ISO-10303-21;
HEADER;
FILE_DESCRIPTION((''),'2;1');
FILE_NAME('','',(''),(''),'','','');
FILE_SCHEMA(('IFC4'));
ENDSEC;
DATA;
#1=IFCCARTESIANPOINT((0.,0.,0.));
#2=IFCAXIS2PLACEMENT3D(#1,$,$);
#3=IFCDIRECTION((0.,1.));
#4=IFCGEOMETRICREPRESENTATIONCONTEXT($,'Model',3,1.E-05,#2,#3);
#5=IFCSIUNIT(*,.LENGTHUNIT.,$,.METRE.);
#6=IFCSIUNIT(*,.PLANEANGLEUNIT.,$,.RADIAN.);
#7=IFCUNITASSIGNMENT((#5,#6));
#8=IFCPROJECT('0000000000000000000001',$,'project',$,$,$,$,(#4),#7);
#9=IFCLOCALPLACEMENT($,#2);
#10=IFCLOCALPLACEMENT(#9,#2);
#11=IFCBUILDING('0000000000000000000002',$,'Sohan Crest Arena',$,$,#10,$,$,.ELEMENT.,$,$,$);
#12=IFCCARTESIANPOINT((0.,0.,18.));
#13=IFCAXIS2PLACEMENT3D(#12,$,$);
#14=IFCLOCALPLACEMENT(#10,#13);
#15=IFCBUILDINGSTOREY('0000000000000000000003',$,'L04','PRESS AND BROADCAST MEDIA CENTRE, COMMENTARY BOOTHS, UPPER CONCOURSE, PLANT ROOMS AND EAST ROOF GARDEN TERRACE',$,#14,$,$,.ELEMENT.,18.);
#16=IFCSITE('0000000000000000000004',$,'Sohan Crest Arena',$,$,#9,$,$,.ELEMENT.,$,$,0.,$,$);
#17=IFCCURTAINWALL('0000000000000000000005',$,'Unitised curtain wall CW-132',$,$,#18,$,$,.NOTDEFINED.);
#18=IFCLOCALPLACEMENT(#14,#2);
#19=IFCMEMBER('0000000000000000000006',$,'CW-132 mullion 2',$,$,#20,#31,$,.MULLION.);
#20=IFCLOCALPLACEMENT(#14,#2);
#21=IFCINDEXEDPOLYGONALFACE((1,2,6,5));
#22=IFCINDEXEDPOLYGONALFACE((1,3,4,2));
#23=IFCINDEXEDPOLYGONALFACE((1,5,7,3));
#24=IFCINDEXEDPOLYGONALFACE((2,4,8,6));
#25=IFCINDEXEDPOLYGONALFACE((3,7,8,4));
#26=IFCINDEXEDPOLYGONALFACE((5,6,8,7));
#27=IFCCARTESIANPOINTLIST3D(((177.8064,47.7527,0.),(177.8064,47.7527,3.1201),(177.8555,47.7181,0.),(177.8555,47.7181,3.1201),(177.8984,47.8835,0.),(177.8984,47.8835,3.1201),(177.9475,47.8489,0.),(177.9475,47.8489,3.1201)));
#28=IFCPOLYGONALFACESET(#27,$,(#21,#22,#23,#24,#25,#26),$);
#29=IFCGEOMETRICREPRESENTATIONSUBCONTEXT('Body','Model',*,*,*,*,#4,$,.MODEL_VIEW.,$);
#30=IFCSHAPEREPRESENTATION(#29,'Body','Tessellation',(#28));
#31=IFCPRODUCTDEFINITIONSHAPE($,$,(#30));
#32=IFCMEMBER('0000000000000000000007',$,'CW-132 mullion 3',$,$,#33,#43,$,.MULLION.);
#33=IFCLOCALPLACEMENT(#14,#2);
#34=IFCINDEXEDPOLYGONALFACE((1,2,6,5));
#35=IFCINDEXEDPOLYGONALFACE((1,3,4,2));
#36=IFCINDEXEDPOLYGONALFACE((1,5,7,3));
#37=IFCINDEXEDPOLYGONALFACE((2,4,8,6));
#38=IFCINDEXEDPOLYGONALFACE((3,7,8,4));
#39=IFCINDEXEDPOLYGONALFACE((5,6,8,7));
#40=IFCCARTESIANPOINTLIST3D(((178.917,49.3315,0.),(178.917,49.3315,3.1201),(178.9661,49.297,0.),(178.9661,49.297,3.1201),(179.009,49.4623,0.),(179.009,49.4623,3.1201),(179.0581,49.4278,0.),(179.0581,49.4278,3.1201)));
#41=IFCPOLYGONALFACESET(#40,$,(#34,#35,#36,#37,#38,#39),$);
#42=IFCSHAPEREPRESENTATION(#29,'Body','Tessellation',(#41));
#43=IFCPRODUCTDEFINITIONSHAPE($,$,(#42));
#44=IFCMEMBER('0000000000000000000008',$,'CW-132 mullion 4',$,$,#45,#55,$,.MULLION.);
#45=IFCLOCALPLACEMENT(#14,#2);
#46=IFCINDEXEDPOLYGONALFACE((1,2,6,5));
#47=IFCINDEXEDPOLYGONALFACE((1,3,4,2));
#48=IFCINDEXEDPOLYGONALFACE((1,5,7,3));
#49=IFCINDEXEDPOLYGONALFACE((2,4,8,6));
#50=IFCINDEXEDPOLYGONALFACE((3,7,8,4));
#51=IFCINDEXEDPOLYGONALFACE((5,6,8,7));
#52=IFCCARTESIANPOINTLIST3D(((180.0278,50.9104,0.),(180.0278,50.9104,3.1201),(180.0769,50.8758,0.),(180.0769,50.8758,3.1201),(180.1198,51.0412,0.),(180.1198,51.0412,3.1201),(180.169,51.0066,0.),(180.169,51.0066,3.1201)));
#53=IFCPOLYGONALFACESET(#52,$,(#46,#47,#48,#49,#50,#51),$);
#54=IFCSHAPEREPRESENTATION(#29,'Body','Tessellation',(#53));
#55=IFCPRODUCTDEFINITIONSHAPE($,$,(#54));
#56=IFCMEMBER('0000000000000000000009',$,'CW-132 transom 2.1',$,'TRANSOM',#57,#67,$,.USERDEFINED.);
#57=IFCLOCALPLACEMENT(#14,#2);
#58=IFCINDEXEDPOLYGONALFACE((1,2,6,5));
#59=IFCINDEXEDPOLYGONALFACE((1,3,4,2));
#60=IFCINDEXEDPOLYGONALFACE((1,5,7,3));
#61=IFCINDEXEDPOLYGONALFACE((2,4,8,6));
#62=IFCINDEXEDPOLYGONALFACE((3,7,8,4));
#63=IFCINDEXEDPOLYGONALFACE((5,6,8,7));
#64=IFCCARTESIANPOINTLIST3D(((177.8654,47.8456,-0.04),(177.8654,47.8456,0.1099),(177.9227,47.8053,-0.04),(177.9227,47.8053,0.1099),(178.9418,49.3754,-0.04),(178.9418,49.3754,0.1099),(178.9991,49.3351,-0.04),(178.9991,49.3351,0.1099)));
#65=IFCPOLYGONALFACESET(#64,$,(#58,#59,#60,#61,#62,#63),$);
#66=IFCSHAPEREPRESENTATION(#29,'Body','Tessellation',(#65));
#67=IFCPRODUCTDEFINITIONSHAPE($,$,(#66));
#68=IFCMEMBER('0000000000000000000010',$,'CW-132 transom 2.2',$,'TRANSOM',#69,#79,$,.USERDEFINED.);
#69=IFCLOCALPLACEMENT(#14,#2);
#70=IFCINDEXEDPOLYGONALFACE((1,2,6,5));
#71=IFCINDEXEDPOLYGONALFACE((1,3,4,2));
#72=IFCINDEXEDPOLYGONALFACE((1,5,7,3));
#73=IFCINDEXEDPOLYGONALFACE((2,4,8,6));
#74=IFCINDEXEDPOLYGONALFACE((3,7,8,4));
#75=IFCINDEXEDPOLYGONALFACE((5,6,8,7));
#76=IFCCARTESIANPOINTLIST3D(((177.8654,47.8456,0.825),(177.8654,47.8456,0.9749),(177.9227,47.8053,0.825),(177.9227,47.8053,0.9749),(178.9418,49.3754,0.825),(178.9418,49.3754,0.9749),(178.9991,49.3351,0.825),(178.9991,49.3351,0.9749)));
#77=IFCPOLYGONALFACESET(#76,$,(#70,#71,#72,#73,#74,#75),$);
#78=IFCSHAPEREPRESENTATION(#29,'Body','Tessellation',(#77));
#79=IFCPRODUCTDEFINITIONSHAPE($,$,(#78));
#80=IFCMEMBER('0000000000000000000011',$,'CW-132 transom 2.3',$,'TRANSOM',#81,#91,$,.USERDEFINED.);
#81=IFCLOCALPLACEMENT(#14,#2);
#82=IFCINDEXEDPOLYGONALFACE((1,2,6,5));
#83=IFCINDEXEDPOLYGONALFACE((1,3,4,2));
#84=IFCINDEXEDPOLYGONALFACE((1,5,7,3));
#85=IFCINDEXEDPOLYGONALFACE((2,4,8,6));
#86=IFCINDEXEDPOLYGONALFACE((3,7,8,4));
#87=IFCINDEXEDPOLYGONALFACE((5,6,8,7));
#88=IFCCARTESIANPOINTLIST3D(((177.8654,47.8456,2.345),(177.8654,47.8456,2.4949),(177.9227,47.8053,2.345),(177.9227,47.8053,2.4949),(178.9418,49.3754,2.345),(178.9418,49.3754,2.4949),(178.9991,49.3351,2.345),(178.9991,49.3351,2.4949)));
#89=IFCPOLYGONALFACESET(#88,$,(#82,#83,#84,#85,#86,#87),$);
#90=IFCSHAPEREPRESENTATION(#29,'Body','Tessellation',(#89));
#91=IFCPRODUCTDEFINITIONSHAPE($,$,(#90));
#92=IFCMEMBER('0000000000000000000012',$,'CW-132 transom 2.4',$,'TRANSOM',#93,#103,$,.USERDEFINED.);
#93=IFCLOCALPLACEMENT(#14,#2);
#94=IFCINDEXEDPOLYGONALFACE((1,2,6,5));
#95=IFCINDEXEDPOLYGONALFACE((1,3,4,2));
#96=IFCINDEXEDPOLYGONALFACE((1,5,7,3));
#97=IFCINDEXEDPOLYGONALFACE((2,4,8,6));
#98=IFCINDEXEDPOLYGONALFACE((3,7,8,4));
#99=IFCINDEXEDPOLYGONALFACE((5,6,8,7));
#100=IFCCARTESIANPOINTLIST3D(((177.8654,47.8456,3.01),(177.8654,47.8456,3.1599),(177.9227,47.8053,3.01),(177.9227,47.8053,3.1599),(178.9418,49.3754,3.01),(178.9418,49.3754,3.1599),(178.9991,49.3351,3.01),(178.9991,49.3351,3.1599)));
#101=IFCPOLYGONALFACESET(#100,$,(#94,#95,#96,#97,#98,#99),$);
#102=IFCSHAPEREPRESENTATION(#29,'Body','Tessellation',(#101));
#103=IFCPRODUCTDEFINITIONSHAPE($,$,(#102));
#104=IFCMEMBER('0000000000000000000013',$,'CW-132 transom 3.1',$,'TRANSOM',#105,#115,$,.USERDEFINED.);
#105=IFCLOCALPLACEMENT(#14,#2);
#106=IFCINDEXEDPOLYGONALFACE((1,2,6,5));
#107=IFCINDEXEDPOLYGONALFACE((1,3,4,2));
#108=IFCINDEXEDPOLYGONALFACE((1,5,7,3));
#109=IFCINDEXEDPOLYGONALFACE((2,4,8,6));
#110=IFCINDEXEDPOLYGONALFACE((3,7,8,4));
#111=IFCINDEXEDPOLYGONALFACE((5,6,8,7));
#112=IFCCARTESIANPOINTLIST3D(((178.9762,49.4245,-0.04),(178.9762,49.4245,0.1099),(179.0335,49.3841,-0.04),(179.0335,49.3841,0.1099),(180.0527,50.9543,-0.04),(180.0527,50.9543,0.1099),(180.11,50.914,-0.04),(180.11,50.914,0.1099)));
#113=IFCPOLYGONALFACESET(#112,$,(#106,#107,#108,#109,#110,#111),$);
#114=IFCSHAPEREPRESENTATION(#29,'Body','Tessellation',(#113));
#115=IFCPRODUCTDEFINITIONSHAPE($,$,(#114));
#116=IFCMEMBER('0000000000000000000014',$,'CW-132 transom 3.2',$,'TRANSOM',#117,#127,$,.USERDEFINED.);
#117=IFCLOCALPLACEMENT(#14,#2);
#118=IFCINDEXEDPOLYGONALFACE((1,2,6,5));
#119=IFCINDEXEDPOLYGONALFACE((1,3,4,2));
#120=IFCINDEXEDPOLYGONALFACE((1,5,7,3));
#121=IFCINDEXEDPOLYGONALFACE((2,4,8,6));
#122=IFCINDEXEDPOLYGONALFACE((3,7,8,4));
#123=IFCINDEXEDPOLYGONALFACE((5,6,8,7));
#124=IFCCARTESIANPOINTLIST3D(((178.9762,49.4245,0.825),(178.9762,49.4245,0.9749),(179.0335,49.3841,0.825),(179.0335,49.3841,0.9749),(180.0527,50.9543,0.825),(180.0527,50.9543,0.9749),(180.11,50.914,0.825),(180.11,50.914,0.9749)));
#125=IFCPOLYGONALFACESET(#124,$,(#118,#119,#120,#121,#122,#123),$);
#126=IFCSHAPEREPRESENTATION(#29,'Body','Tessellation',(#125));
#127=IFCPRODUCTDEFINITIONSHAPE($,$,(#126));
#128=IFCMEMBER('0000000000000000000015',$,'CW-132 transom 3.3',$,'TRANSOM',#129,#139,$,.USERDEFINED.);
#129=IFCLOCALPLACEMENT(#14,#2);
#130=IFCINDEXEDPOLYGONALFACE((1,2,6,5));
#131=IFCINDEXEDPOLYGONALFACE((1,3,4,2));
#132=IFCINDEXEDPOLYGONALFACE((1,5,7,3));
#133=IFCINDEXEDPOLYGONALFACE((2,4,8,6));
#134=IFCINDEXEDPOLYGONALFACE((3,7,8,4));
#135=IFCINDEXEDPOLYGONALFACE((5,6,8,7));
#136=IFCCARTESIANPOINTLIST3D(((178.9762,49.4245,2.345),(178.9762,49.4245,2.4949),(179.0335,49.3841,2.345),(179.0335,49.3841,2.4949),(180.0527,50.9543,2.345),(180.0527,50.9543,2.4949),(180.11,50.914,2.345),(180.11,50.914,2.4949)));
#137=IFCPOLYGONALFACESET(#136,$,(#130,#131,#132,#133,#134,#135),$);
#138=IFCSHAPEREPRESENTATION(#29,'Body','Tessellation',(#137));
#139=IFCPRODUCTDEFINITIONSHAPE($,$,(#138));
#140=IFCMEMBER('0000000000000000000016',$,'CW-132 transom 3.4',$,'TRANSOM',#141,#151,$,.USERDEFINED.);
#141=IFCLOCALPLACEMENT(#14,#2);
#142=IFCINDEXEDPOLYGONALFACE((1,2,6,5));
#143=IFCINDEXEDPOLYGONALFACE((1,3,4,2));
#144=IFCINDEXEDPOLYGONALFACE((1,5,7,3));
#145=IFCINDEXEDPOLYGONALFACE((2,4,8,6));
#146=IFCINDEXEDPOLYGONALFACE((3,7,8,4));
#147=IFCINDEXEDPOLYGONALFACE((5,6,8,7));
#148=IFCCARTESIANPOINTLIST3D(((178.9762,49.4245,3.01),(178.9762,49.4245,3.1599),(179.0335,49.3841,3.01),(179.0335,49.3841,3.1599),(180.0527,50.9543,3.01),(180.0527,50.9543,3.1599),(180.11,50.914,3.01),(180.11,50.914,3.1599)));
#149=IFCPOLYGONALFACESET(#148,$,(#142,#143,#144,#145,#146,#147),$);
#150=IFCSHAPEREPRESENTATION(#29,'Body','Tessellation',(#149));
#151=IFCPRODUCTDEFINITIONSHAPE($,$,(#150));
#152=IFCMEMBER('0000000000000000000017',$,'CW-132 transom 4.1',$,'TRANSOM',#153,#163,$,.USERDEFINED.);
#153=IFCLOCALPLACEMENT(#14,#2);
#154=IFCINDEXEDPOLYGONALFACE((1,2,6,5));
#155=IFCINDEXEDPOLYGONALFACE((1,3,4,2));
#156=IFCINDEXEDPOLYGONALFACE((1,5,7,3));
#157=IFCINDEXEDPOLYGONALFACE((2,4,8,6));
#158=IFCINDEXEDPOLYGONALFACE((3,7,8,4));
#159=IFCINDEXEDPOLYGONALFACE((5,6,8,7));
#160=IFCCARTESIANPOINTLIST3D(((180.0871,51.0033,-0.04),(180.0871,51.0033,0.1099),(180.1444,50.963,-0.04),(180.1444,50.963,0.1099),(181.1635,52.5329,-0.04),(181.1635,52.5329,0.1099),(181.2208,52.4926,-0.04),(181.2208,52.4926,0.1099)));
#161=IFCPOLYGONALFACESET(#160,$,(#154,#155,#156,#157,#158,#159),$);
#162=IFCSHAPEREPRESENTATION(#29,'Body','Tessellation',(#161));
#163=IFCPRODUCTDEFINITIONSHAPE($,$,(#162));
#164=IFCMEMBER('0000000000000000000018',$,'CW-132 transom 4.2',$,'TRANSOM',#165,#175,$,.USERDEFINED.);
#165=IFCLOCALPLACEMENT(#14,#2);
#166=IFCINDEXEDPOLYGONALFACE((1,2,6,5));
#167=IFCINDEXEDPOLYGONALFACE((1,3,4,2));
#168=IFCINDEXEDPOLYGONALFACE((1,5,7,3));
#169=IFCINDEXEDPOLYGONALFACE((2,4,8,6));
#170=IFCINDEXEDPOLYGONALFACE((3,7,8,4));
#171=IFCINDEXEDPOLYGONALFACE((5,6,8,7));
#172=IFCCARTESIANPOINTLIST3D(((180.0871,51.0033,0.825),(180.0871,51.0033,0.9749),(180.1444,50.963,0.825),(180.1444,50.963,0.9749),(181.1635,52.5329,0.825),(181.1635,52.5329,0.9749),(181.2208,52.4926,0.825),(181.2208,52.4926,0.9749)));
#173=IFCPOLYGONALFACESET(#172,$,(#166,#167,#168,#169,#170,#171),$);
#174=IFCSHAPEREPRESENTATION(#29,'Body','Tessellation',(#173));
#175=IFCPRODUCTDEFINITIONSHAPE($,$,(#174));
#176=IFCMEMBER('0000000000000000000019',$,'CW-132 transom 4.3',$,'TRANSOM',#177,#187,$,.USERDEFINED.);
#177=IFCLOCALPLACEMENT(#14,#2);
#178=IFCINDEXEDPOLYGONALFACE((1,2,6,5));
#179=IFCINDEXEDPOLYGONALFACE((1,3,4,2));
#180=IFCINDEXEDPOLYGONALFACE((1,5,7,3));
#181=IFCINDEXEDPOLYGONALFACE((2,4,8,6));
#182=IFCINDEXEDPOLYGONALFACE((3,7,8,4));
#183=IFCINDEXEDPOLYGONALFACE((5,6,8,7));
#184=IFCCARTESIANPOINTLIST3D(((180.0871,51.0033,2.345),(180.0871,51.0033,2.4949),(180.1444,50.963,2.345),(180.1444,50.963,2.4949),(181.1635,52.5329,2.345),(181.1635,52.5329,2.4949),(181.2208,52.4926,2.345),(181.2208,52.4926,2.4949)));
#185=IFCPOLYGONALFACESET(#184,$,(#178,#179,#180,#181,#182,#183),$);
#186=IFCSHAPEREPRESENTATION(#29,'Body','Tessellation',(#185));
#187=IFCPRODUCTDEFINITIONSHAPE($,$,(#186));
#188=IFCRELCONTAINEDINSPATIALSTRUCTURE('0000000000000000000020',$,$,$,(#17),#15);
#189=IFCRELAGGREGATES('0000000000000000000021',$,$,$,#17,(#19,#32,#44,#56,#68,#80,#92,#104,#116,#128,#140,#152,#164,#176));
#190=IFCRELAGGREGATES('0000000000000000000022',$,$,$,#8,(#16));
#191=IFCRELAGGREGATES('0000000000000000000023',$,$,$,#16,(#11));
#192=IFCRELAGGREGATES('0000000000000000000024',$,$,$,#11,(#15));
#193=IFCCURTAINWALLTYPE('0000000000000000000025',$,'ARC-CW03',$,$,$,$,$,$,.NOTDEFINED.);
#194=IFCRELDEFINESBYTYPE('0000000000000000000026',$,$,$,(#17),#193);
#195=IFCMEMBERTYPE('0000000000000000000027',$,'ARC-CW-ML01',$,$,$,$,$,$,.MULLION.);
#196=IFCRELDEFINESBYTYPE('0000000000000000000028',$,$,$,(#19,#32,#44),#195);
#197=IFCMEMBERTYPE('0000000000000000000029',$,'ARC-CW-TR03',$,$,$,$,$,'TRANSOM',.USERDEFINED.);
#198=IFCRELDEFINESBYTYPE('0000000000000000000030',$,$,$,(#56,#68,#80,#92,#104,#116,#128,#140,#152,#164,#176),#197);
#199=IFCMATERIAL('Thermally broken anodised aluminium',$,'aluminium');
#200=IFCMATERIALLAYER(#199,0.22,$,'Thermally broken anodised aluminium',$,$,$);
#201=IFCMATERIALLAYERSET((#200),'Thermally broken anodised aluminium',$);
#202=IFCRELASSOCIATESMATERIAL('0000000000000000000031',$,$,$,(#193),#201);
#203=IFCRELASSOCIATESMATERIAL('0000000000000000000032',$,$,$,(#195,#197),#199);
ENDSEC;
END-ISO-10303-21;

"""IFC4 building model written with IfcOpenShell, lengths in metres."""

from ifc_helpers import new_model, si_unit, direction, frame, origin, origin_2d, place, context, subcontext, project, spatial, rectangle, extrude, material, layer, layer_set, material_profile, profile_set, type_object, element, aggregate, save


model = new_model("IFC4")

# Units and contexts
model_context = context("Model", 3, precision=1e-05, world=origin(), true_north=direction((0.0, 1.0)))
body_context = subcontext(model_context, "Body", "Model", "MODEL_VIEW")
ifc_project = project(units=[si_unit("LENGTHUNIT", "METRE"), si_unit("PLANEANGLEUNIT", "RADIAN")], contexts=[model_context])

# Site, building, storey
site_placement = place(None, origin())
site = spatial("IfcSite", under=ifc_project, at=site_placement, Name="Sohan Crest Arena", CompositionType="ELEMENT", RefElevation=0.0)
building_placement = place(site_placement, origin())
building = spatial("IfcBuilding", under=site, at=building_placement, Name="Sohan Crest Arena", CompositionType="ELEMENT")
storey_placement = place(building_placement, frame((0.0, 0.0, 18.0)))
storey = spatial("IfcBuildingStorey", under=building, at=storey_placement, Name="L04", Description="PRESS AND BROADCAST MEDIA CENTRE, COMMENTARY BOOTHS, UPPER CONCOURSE, PLANT ROOMS AND EAST ROOF GARDEN TERRACE", CompositionType="ELEMENT", Elevation=18.0)

# Curtain wall, members
ifc_material_1 = material(Name="Thermally broken anodised aluminium", Category="aluminium")
ifc_layer_1 = layer(ifc_material_1, 0.22, Name="Thermally broken anodised aluminium")
ifc_layer_set_1 = layer_set([ifc_layer_1], Name="Thermally broken anodised aluminium")
curtain_wall_type = type_object("IfcCurtainWallType", Name="ARC-CW03", PredefinedType="NOTDEFINED", material=ifc_layer_set_1)
curtain_wall_placement = place(storey_placement, origin())
curtain_wall = element("IfcCurtainWall", 1, at=curtain_wall_placement, inside=storey, type_object=curtain_wall_type, Name="Unitised curtain wall CW-132", PredefinedType="NOTDEFINED")
ifc_material_profile_1 = material_profile(ifc_material_1, rectangle(XDim=0.0601, YDim=0.1599, at=origin_2d()), Name="ALU-MULL 60x160")
ifc_profile_set_1 = profile_set([ifc_material_profile_1], Name="Thermally broken anodised aluminium")
member_type_1 = type_object("IfcMemberType", Name="ARC-CW-ML01", PredefinedType="MULLION", material=ifc_profile_set_1)
member_1_placement = place(storey_placement, frame((177.877, 47.8008, 0.0), z_axis=(0.0, 0.0, 1.0), x_axis=(-0.817855, 0.575425, 0.0)))
member_1 = element("IfcMember", 2, at=member_1_placement, type_object=member_type_1, Name="CW-132 mullion 2", PredefinedType="MULLION", context=body_context, shape_type="SweptSolid", body=[
    extrude(rectangle(XDim=0.0601, YDim=0.1599, at=origin_2d()), origin(), (0.0, 0.0, 1.0), 3.1201),
])
member_2_placement = place(storey_placement, frame((178.9875, 49.3796, 0.0), z_axis=(0.0, 0.0, 1.0), x_axis=(-0.817855, 0.575425, 0.0)))
member_2 = element("IfcMember", 3, at=member_2_placement, type_object=member_type_1, Name="CW-132 mullion 3", PredefinedType="MULLION", context=body_context, shape_type="SweptSolid", body=[
    extrude(rectangle(XDim=0.0601, YDim=0.1599, at=origin_2d()), origin(), (0.0, 0.0, 1.0), 3.1201),
])
member_3_placement = place(storey_placement, frame((180.0984, 50.9585, 0.0), z_axis=(0.0, 0.0, 1.0), x_axis=(-0.817855, 0.575425, 0.0)))
member_3 = element("IfcMember", 4, at=member_3_placement, type_object=member_type_1, Name="CW-132 mullion 4", PredefinedType="MULLION", context=body_context, shape_type="SweptSolid", body=[
    extrude(rectangle(XDim=0.0601, YDim=0.1599, at=origin_2d()), origin(), (0.0, 0.0, 1.0), 3.1201),
])
ifc_material_profile_2 = material_profile(ifc_material_1, rectangle(XDim=0.0701, YDim=0.1499, at=origin_2d()), Name="ALU-TRAN 70x150")
ifc_profile_set_2 = profile_set([ifc_material_profile_2], Name="Thermally broken anodised aluminium")
member_type_2 = type_object("IfcMemberType", Name="ARC-CW-TR03", ElementType="TRANSOM", PredefinedType="USERDEFINED", material=ifc_profile_set_2)
member_4_placement = place(storey_placement, frame((177.894, 47.8254, 0.0349), z_axis=(0.575458, 0.817831, 0.0), x_axis=(-0.817831, 0.575458, 0.0)))
member_4 = element("IfcMember", 5, at=member_4_placement, type_object=member_type_2, Name="CW-132 transom 2.1", ObjectType="TRANSOM", PredefinedType="USERDEFINED", context=body_context, shape_type="SweptSolid", body=[
    extrude(rectangle(XDim=0.0701, YDim=0.1499, at=origin_2d()), origin(), (0.0, 0.0, 1.0), 1.8706),
])
member_5_placement = place(storey_placement, frame((177.894, 47.8254, 0.8999), z_axis=(0.575458, 0.817831, 0.0), x_axis=(-0.817831, 0.575458, 0.0)))
member_5 = element("IfcMember", 6, at=member_5_placement, type_object=member_type_2, Name="CW-132 transom 2.2", ObjectType="TRANSOM", PredefinedType="USERDEFINED", context=body_context, shape_type="SweptSolid", body=[
    extrude(rectangle(XDim=0.0701, YDim=0.1499, at=origin_2d()), origin(), (0.0, 0.0, 1.0), 1.8706),
])
member_6_placement = place(storey_placement, frame((177.894, 47.8254, 2.4199), z_axis=(0.575458, 0.817831, 0.0), x_axis=(-0.817831, 0.575458, 0.0)))
member_6 = element("IfcMember", 7, at=member_6_placement, type_object=member_type_2, Name="CW-132 transom 2.3", ObjectType="TRANSOM", PredefinedType="USERDEFINED", context=body_context, shape_type="SweptSolid", body=[
    extrude(rectangle(XDim=0.0701, YDim=0.1499, at=origin_2d()), origin(), (0.0, 0.0, 1.0), 1.8706),
])
member_7_placement = place(storey_placement, frame((177.894, 47.8254, 3.085), z_axis=(0.575458, 0.817831, 0.0), x_axis=(-0.817831, 0.575458, 0.0)))
member_7 = element("IfcMember", 8, at=member_7_placement, type_object=member_type_2, Name="CW-132 transom 2.4", ObjectType="TRANSOM", PredefinedType="USERDEFINED", context=body_context, shape_type="SweptSolid", body=[
    extrude(rectangle(XDim=0.0701, YDim=0.1499, at=origin_2d()), origin(), (0.0, 0.0, 1.0), 1.8706),
])
member_8_placement = place(storey_placement, frame((179.0049, 49.4043, 0.0349), z_axis=(0.575458, 0.817831, 0.0), x_axis=(-0.817831, 0.575458, 0.0)))
member_8 = element("IfcMember", 9, at=member_8_placement, type_object=member_type_2, Name="CW-132 transom 3.1", ObjectType="TRANSOM", PredefinedType="USERDEFINED", context=body_context, shape_type="SweptSolid", body=[
    extrude(rectangle(XDim=0.0701, YDim=0.1499, at=origin_2d()), origin(), (0.0, 0.0, 1.0), 1.8706),
])
member_9_placement = place(storey_placement, frame((179.0049, 49.4043, 0.8999), z_axis=(0.575458, 0.817831, 0.0), x_axis=(-0.817831, 0.575458, 0.0)))
member_9 = element("IfcMember", 10, at=member_9_placement, type_object=member_type_2, Name="CW-132 transom 3.2", ObjectType="TRANSOM", PredefinedType="USERDEFINED", context=body_context, shape_type="SweptSolid", body=[
    extrude(rectangle(XDim=0.0701, YDim=0.1499, at=origin_2d()), origin(), (0.0, 0.0, 1.0), 1.8706),
])
member_10_placement = place(storey_placement, frame((179.0049, 49.4043, 2.4199), z_axis=(0.575458, 0.817831, 0.0), x_axis=(-0.817831, 0.575458, 0.0)))
member_10 = element("IfcMember", 11, at=member_10_placement, type_object=member_type_2, Name="CW-132 transom 3.3", ObjectType="TRANSOM", PredefinedType="USERDEFINED", context=body_context, shape_type="SweptSolid", body=[
    extrude(rectangle(XDim=0.0701, YDim=0.1499, at=origin_2d()), origin(), (0.0, 0.0, 1.0), 1.8706),
])
member_11_placement = place(storey_placement, frame((179.0049, 49.4043, 3.085), z_axis=(0.575458, 0.817831, 0.0), x_axis=(-0.817831, 0.575458, 0.0)))
member_11 = element("IfcMember", 12, at=member_11_placement, type_object=member_type_2, Name="CW-132 transom 3.4", ObjectType="TRANSOM", PredefinedType="USERDEFINED", context=body_context, shape_type="SweptSolid", body=[
    extrude(rectangle(XDim=0.0701, YDim=0.1499, at=origin_2d()), origin(), (0.0, 0.0, 1.0), 1.8706),
])
member_12_placement = place(storey_placement, frame((180.1157, 50.9832, 0.0349), z_axis=(0.575519, 0.817788, 0.0), x_axis=(-0.817788, 0.575519, 0.0)))
member_12 = element("IfcMember", 13, at=member_12_placement, type_object=member_type_2, Name="CW-132 transom 4.1", ObjectType="TRANSOM", PredefinedType="USERDEFINED", context=body_context, shape_type="SweptSolid", body=[
    extrude(rectangle(XDim=0.0701, YDim=0.1499, at=origin_2d()), origin(), (0.0, 0.0, 1.0), 1.8704),
])
member_13_placement = place(storey_placement, frame((180.1157, 50.9832, 0.8999), z_axis=(0.575519, 0.817788, 0.0), x_axis=(-0.817788, 0.575519, 0.0)))
member_13 = element("IfcMember", 14, at=member_13_placement, type_object=member_type_2, Name="CW-132 transom 4.2", ObjectType="TRANSOM", PredefinedType="USERDEFINED", context=body_context, shape_type="SweptSolid", body=[
    extrude(rectangle(XDim=0.0701, YDim=0.1499, at=origin_2d()), origin(), (0.0, 0.0, 1.0), 1.8704),
])
member_14_placement = place(storey_placement, frame((180.1157, 50.9832, 2.4199), z_axis=(0.575519, 0.817788, 0.0), x_axis=(-0.817788, 0.575519, 0.0)))
member_14 = element("IfcMember", 15, at=member_14_placement, type_object=member_type_2, Name="CW-132 transom 4.3", ObjectType="TRANSOM", PredefinedType="USERDEFINED", context=body_context, shape_type="SweptSolid", body=[
    extrude(rectangle(XDim=0.0701, YDim=0.1499, at=origin_2d()), origin(), (0.0, 0.0, 1.0), 1.8704),
])

aggregate(curtain_wall, [member_1, member_2, member_3, member_4, member_5, member_6, member_7, member_8, member_9, member_10, member_11, member_12, member_13, member_14])

save(model, "model.ifc")
